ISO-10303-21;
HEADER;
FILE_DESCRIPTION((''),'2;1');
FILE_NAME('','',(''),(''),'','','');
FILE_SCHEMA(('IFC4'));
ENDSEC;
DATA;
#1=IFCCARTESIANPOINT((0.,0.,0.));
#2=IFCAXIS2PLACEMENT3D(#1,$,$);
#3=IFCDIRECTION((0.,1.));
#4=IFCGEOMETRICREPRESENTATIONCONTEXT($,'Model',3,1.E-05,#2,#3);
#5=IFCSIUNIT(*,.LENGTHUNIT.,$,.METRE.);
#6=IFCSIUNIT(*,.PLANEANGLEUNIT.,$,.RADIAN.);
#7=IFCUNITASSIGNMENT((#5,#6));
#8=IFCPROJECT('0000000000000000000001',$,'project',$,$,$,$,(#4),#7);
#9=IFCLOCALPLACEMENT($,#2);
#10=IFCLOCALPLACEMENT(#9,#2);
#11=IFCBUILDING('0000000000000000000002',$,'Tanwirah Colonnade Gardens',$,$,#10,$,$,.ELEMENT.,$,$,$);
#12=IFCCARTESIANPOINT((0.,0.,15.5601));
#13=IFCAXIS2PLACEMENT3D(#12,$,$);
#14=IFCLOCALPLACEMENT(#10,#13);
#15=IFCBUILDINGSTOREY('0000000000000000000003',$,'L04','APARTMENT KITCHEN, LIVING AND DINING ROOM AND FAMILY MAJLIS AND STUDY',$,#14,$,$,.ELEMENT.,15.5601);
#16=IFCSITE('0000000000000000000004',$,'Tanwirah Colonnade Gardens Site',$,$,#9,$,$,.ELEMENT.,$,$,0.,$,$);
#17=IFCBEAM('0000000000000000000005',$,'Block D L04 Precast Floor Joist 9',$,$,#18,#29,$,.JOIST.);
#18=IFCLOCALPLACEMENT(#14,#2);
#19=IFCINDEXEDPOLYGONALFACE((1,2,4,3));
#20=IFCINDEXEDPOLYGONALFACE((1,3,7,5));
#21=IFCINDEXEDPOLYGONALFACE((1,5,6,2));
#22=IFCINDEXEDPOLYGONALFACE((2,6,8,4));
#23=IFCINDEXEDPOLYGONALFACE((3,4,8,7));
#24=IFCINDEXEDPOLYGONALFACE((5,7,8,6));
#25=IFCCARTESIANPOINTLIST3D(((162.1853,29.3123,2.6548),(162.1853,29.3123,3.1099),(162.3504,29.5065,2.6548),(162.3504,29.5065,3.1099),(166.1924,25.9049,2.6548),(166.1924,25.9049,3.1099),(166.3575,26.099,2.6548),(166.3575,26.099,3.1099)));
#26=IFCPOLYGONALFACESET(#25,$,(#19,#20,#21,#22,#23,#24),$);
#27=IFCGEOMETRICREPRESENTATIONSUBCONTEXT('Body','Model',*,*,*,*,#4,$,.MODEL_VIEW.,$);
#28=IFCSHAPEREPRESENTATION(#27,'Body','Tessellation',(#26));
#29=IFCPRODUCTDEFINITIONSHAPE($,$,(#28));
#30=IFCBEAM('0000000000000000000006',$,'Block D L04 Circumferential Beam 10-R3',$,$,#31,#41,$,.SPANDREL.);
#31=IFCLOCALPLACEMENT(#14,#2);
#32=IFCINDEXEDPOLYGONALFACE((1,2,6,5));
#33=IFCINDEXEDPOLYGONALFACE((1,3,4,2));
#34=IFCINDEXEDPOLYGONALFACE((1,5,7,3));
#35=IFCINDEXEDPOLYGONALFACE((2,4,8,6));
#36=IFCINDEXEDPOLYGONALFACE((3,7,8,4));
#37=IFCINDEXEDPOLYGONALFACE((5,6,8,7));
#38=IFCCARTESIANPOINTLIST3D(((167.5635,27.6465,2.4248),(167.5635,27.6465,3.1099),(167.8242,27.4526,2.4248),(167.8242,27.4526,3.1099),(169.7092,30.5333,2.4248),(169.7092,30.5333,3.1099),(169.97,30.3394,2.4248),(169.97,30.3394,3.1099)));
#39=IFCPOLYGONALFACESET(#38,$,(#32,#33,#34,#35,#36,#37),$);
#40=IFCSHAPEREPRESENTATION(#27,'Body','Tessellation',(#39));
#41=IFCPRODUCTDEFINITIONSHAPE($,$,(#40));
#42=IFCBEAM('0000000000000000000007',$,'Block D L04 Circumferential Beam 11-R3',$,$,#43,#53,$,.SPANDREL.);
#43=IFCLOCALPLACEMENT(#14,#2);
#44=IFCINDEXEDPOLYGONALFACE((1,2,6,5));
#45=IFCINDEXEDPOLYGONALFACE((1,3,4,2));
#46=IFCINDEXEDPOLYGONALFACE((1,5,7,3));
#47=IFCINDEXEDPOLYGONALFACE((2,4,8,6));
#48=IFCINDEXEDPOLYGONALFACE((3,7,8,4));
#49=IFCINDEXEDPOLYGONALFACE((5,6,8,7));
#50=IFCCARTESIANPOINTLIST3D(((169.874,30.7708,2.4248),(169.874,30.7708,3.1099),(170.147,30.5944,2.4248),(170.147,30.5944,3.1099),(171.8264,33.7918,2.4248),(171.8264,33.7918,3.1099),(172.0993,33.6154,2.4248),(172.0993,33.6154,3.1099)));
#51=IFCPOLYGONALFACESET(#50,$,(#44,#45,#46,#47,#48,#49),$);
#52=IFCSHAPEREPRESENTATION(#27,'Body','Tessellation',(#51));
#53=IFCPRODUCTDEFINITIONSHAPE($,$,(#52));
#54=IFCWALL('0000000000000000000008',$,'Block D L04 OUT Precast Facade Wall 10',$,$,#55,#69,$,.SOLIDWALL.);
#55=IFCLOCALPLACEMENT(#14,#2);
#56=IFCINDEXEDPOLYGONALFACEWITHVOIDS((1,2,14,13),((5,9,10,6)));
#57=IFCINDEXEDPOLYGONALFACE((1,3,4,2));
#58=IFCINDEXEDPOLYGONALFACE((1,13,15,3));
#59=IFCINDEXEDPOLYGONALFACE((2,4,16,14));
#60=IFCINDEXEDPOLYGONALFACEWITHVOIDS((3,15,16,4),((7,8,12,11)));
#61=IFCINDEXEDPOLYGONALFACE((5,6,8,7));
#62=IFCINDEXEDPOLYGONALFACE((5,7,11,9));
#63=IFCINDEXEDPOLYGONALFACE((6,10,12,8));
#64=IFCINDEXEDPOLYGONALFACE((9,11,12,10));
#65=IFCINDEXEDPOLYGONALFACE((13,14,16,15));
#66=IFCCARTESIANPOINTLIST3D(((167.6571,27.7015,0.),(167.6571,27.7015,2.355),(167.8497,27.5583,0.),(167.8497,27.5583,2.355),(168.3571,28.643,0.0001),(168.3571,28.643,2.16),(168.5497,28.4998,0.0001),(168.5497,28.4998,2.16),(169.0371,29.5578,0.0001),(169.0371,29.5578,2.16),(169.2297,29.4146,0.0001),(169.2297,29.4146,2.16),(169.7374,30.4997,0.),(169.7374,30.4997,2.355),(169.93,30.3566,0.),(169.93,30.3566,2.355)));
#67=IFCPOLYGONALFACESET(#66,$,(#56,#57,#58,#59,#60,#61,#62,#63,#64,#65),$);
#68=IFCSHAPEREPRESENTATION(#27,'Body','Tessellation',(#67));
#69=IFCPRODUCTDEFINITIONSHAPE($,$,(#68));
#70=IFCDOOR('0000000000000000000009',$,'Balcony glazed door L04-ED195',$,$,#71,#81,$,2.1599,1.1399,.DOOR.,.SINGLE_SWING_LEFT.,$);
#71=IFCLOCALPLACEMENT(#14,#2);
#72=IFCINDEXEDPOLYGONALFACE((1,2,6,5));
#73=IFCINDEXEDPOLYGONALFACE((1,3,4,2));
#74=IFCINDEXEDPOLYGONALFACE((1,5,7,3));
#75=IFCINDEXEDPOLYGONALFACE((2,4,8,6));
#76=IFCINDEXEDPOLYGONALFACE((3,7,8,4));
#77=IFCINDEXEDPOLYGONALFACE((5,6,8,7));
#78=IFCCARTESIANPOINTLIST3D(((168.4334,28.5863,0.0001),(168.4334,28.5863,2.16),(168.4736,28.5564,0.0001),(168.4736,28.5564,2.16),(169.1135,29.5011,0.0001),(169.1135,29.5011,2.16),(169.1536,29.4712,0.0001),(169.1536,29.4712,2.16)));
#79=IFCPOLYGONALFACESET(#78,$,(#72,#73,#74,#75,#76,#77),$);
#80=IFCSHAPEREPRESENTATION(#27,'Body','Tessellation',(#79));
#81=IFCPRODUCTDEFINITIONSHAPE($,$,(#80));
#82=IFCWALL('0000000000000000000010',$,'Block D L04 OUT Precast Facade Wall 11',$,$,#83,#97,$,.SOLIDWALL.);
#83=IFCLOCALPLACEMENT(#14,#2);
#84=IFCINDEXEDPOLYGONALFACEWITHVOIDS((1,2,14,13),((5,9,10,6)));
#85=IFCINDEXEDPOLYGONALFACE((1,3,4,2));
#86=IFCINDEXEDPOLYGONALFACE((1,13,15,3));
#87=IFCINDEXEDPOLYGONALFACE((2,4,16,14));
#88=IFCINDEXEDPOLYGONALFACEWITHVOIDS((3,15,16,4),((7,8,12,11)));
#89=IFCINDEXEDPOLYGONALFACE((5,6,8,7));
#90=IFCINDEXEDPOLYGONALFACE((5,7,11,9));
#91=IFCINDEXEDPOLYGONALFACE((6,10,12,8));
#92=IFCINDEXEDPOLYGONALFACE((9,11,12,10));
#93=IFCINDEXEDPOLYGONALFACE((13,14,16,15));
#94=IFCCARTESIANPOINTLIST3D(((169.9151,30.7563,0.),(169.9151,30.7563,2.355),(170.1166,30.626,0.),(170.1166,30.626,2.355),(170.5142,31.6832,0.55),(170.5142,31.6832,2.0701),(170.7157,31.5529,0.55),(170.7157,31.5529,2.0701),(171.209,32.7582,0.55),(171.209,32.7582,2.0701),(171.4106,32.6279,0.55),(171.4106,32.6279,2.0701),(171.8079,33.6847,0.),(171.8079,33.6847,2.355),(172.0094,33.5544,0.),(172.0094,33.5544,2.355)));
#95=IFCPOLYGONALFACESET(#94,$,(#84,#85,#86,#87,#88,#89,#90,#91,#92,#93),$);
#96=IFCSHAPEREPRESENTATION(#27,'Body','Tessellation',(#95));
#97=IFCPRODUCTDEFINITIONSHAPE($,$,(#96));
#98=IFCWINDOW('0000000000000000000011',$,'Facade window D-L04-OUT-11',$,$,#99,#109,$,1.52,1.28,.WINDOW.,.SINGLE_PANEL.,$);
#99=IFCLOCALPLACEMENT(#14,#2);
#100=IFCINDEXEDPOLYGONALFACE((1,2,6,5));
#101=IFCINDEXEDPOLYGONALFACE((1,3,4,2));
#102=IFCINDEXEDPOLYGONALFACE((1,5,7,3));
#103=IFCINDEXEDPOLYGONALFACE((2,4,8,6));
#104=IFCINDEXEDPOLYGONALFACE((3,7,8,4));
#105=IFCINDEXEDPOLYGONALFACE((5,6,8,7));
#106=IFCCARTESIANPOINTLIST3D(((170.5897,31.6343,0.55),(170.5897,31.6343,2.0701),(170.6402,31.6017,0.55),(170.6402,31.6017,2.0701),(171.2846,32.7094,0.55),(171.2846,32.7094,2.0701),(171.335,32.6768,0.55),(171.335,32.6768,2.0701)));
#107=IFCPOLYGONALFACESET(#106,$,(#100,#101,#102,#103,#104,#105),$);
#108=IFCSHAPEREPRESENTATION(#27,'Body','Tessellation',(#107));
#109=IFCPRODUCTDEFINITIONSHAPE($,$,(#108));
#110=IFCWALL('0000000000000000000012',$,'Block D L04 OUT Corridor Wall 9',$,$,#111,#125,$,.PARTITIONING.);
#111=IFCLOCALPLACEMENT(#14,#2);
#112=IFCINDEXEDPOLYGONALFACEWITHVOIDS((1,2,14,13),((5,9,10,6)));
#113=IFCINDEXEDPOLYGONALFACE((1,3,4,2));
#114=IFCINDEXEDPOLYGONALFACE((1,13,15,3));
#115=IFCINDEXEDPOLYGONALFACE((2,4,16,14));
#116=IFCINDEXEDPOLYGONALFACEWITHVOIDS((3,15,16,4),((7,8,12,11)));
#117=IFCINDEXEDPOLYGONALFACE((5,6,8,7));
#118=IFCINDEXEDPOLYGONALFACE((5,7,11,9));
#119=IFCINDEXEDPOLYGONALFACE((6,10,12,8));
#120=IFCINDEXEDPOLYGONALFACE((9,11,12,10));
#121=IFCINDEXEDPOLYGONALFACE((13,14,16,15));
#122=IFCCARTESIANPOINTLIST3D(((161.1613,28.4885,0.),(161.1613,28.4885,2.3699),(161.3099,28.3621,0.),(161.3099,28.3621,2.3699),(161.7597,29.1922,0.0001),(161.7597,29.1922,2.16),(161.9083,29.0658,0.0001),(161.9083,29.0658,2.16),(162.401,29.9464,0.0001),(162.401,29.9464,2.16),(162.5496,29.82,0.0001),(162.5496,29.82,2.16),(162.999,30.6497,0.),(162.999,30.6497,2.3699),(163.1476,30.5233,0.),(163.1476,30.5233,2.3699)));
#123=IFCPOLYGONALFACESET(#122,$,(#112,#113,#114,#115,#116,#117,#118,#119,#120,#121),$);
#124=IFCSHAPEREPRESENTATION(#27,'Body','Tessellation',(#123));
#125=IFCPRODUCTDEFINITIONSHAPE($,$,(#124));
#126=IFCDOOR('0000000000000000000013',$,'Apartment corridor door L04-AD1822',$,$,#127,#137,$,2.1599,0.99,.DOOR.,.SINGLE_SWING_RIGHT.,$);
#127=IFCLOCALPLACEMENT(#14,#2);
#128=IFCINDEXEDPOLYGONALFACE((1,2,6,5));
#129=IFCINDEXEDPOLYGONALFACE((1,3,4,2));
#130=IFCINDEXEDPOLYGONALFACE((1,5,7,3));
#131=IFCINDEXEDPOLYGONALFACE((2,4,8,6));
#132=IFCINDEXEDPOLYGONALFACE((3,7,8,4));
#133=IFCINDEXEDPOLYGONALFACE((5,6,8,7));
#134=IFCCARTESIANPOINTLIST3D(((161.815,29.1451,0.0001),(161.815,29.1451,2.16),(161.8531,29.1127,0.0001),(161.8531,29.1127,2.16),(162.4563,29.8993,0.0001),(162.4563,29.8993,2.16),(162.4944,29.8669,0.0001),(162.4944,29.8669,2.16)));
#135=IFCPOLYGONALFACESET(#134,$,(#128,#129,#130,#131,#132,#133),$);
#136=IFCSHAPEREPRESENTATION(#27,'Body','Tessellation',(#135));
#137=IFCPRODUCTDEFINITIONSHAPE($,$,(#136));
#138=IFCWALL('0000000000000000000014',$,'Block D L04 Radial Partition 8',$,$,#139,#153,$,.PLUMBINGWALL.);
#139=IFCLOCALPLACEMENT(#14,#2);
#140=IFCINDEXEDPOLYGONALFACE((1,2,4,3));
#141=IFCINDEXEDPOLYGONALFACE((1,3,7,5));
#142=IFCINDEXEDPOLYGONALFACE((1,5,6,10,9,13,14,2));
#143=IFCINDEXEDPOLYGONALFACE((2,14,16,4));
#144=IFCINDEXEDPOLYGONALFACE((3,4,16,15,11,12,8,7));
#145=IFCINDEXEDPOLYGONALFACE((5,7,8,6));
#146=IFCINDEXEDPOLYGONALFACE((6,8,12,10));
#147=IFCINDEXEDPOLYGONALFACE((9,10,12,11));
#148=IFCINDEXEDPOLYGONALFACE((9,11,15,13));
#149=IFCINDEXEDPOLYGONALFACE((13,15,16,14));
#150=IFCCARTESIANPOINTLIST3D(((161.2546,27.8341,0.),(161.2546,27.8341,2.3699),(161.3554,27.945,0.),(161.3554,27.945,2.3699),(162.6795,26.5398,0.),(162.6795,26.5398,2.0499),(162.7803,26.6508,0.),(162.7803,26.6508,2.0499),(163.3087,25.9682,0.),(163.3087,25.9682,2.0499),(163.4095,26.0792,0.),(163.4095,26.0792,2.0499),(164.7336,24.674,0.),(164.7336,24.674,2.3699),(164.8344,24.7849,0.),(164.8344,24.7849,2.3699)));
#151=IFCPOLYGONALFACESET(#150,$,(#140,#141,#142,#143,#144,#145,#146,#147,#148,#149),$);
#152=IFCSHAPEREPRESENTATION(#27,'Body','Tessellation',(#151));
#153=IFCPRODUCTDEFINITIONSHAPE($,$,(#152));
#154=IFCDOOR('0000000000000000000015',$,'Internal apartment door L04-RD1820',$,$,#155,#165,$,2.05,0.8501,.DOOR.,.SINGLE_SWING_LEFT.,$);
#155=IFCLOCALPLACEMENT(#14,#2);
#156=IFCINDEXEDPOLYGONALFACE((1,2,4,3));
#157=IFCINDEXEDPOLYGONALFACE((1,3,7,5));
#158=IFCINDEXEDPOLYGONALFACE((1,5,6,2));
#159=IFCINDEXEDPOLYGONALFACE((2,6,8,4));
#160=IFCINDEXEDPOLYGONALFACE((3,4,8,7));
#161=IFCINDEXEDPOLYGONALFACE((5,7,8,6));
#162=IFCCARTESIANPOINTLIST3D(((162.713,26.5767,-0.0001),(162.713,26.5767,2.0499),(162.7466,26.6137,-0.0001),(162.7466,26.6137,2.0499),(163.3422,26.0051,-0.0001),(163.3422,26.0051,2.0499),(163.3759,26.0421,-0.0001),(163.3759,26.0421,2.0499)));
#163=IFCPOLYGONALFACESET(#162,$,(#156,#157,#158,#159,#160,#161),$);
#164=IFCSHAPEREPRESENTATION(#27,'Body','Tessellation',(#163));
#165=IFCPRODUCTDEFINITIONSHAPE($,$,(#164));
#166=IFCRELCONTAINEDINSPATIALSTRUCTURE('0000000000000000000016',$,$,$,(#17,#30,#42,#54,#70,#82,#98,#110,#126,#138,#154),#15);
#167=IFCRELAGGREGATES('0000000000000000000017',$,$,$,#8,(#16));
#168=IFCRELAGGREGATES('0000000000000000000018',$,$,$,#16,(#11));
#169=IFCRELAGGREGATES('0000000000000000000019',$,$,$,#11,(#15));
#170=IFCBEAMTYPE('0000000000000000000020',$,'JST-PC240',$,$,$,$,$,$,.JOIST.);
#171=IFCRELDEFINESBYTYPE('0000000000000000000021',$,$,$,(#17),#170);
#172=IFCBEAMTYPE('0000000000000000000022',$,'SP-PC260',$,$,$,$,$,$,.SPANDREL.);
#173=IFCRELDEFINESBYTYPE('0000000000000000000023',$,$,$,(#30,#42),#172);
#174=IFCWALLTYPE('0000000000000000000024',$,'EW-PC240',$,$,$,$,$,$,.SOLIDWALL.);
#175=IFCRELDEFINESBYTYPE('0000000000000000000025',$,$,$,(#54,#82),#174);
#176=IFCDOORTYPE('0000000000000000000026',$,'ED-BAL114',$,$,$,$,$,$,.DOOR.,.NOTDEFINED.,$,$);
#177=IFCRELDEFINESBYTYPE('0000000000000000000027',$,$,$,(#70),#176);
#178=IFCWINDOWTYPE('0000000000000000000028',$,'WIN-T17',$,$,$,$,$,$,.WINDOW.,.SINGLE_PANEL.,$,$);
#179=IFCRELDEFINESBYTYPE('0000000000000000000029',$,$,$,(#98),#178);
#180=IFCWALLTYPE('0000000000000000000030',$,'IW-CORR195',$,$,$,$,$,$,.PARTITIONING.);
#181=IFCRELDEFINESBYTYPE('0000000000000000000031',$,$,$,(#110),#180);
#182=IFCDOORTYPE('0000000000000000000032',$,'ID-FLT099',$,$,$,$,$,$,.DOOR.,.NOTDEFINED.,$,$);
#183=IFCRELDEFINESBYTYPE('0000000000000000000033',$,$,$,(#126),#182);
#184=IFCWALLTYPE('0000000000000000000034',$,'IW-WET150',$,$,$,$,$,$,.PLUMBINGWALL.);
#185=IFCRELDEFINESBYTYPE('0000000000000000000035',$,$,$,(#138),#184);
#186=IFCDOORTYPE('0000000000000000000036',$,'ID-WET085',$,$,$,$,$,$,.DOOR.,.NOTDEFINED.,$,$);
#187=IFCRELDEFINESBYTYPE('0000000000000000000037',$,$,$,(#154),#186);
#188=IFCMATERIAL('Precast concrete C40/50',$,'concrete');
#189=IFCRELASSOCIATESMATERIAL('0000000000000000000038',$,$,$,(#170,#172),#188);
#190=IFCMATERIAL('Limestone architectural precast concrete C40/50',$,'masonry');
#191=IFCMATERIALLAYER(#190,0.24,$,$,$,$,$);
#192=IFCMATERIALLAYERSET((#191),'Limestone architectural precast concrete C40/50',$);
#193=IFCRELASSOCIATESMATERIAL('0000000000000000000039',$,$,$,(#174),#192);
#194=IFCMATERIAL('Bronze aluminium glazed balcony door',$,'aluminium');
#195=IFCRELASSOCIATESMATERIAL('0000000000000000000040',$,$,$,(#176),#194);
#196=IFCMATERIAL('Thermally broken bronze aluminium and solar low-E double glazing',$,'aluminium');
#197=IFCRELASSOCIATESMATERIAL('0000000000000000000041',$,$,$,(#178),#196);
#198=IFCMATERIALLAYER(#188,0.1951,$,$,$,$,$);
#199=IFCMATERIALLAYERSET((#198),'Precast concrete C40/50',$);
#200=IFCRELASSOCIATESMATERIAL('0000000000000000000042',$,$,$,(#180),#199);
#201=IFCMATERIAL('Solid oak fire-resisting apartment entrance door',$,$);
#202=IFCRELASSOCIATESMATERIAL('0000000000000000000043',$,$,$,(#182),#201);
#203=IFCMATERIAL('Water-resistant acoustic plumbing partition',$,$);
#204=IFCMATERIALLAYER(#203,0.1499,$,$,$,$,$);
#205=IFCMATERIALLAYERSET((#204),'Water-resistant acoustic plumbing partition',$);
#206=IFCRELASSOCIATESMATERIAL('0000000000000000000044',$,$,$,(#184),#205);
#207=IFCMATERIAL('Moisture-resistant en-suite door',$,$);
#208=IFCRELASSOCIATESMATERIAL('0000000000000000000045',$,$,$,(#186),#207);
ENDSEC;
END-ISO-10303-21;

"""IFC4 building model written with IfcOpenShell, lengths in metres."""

from ifc_helpers import new_model, si_unit, direction, frame, frame_2d, origin, origin_2d, place, context, subcontext, project, spatial, rectangle, extrude, material, layer, layer_set, material_profile, profile_set, type_object, element, fill, save


model = new_model("IFC4")

# Units and contexts
model_context = context("Model", 3, precision=1e-05, world=origin(), true_north=direction((0.0, 1.0)))
body_context = subcontext(model_context, "Body", "Model", "MODEL_VIEW")
ifc_project = project(units=[si_unit("LENGTHUNIT", "METRE"), si_unit("PLANEANGLEUNIT", "RADIAN")], contexts=[model_context])

# Site, building, storey
site_placement = place(None, origin())
site = spatial("IfcSite", under=ifc_project, at=site_placement, Name="Tanwirah Colonnade Gardens Site", CompositionType="ELEMENT", RefElevation=0.0)
building_placement = place(site_placement, origin())
building = spatial("IfcBuilding", under=site, at=building_placement, Name="Tanwirah Colonnade Gardens", CompositionType="ELEMENT")
storey_placement = place(building_placement, frame((0.0, 0.0, 15.5601)))
storey = spatial("IfcBuildingStorey", under=building, at=storey_placement, Name="L04", Description="APARTMENT KITCHEN, LIVING AND DINING ROOM AND FAMILY MAJLIS AND STUDY", CompositionType="ELEMENT", Elevation=15.5601)

# Shared definitions
ifc_material_1 = material(Name="Precast concrete C40/50", Category="concrete")

# Beams
ifc_material_profile_1 = material_profile(ifc_material_1, rectangle(XDim=0.2549, YDim=0.4551, at=origin_2d()), Name="PC-JST 255x455")
ifc_profile_set_1 = profile_set([ifc_material_profile_1], Name="Precast concrete C40/50")
beam_type_1 = type_object("IfcBeamType", Name="JST-PC240", PredefinedType="JOIST", material=ifc_profile_set_1)
for number, where, z_axis, x_axis, name in (
    (1, (162.2678, 29.4094, 2.8823), (0.761803, -0.647809, 0.0), (0.647809, 0.761803, 0.0), "Block D L04 Precast Floor Joist 9"),
):
    element("IfcBeam", number, at=place(storey_placement, frame(where, z_axis=z_axis, x_axis=x_axis)), inside=storey, type_object=beam_type_1, Name=name, PredefinedType="JOIST", context=body_context, shape_type="SweptSolid", body=[
        extrude(rectangle(XDim=0.2549, YDim=0.4551, at=origin_2d()), origin(), (0.0, 0.0, 1.0), 5.26),
    ])
ifc_material_profile_2 = material_profile(ifc_material_1, rectangle(XDim=0.325, YDim=0.6851, at=origin_2d()), Name="PC-SP 325x685")
ifc_profile_set_2 = profile_set([ifc_material_profile_2], Name="Precast concrete C40/50")
beam_type_2 = type_object("IfcBeamType", Name="SP-PC260", PredefinedType="SPANDREL", material=ifc_profile_set_2)
for number, where, z_axis, x_axis, name in (
    (2, (167.6938, 27.5496, 2.7673), (0.596563, 0.802566, 0.0), (-0.802566, 0.596563, 0.0), "Block D L04 Circumferential Beam 10-R3"),
    (3, (170.0105, 30.6826, 2.7673), (0.542787, 0.83987, 0.0), (-0.83987, 0.542787, 0.0), "Block D L04 Circumferential Beam 11-R3"),
):
    element("IfcBeam", number, at=place(storey_placement, frame(where, z_axis=z_axis, x_axis=x_axis)), inside=storey, type_object=beam_type_2, Name=name, PredefinedType="SPANDREL", context=body_context, shape_type="SweptSolid", body=[
        extrude(rectangle(XDim=0.325, YDim=0.6851, at=origin_2d()), origin(), (0.0, 0.0, 1.0), 3.5969),
    ])

# Wall, opening, door
ifc_material_2 = material(Name="Limestone architectural precast concrete C40/50", Category="masonry")
ifc_layer_1 = layer(ifc_material_2, 0.24)
ifc_layer_set_1 = layer_set([ifc_layer_1], Name="Limestone architectural precast concrete C40/50")
wall_type_1 = type_object("IfcWallType", Name="EW-PC240", PredefinedType="SOLIDWALL", material=ifc_layer_set_1)
wall_1_placement = place(storey_placement, frame((167.7534, 27.6299, 0.0), z_axis=(0.0, 0.0, 1.0), x_axis=(0.596611, 0.80253, 0.0)))
wall_1 = element("IfcWall", 4, at=wall_1_placement, inside=storey, type_object=wall_type_1, Name="Block D L04 OUT Precast Facade Wall 10", PredefinedType="SOLIDWALL", context=body_context, shape_type="SweptSolid", body=[
    extrude(rectangle(XDim=3.4868, YDim=0.24, at=frame_2d((1.7434, 0.0))), origin(), (0.0, 0.0, 1.0), 2.355),
])
opening_1_placement = place(wall_1_placement, frame((1.1733, 0.0, 0.0)))
opening_1 = element("IfcOpeningElement", 5, at=opening_1_placement, cuts=wall_1, PredefinedType="OPENING", context=body_context, shape_type="SweptSolid", body=[
    extrude(rectangle(XDim=1.1399, YDim=2.1599, at=frame_2d((0.5698, 1.0801))), frame((0.0, 0.1299, 0.0), z_axis=(0.0, -1.0, 0.0), x_axis=(1.0, 0.0, 0.0)), (0.0, 0.0, 1.0), 0.26),
])
ifc_material_3 = material(Name="Bronze aluminium glazed balcony door", Category="aluminium")
door_type_1 = type_object("IfcDoorType", Name="ED-BAL114", OperationType="NOTDEFINED", PredefinedType="DOOR", material=ifc_material_3)
door_1_placement = place(opening_1_placement, origin())
door_1 = element("IfcDoor", 6, at=door_1_placement, inside=storey, type_object=door_type_1, Name="Balcony glazed door L04-ED195", OperationType="SINGLE_SWING_LEFT", OverallHeight=2.1599, OverallWidth=1.1399, PredefinedType="DOOR", context=body_context, shape_type="SweptSolid", body=[
    extrude(rectangle(XDim=1.1399, YDim=2.1599, at=frame_2d((0.5698, 1.0801))), frame((0.0, 0.0249, 0.0), z_axis=(0.0, -1.0, 0.0), x_axis=(1.0, 0.0, 0.0)), (0.0, 0.0, 1.0), 0.05),
])
fill(opening_1, door_1)

# Wall, opening, window
wall_2_placement = place(storey_placement, frame((170.0159, 30.6912, 0.0), z_axis=(0.0, 0.0, 1.0), x_axis=(0.542833, 0.839841, 0.0)))
wall_2 = element("IfcWall", 7, at=wall_2_placement, inside=storey, type_object=wall_type_1, Name="Block D L04 OUT Precast Facade Wall 11", PredefinedType="SOLIDWALL", context=body_context, shape_type="SweptSolid", body=[
    extrude(rectangle(XDim=3.4868, YDim=0.24, at=frame_2d((1.7434, 0.0))), origin(), (0.0, 0.0, 1.0), 2.355),
])
opening_2_placement = place(wall_2_placement, frame((1.1035, 0.0, 0.55)))
opening_2 = element("IfcOpeningElement", 8, at=opening_2_placement, cuts=wall_2, PredefinedType="OPENING", context=body_context, shape_type="SweptSolid", body=[
    extrude(rectangle(XDim=1.28, YDim=1.52, at=frame_2d((0.6401, 0.76))), frame((0.0, 0.1299, 0.0), z_axis=(0.0, -1.0, 0.0), x_axis=(1.0, 0.0, 0.0)), (0.0, 0.0, 1.0), 0.26),
])
ifc_material_4 = material(Name="Thermally broken bronze aluminium and solar low-E double glazing", Category="aluminium")
window_type = type_object("IfcWindowType", Name="WIN-T17", PartitioningType="SINGLE_PANEL", PredefinedType="WINDOW", material=ifc_material_4)
window_placement = place(opening_2_placement, origin())
window = element("IfcWindow", 9, at=window_placement, inside=storey, type_object=window_type, Name="Facade window D-L04-OUT-11", OverallHeight=1.52, OverallWidth=1.28, PartitioningType="SINGLE_PANEL", PredefinedType="WINDOW", context=body_context, shape_type="SweptSolid", body=[
    extrude(rectangle(XDim=1.28, YDim=1.52, at=frame_2d((0.6401, 0.76))), frame((0.0, 0.03, 0.0), z_axis=(0.0, -1.0, 0.0), x_axis=(1.0, 0.0, 0.0)), (0.0, 0.0, 1.0), 0.0601),
])
fill(opening_2, window)

# Walls, openings, doors
ifc_layer_2 = layer(ifc_material_1, 0.1951)
ifc_layer_set_2 = layer_set([ifc_layer_2], Name="Precast concrete C40/50")
wall_type_2 = type_object("IfcWallType", Name="IW-CORR195", PredefinedType="PARTITIONING", material=ifc_layer_set_2)
ifc_material_5 = material(Name="Solid oak fire-resisting apartment entrance door")
wall_3_placement = place(storey_placement, frame((161.2356, 28.4253, 0.0), z_axis=(0.0, 0.0, 1.0), x_axis=(0.647788, 0.76182, 0.0)))
wall_3 = element("IfcWall", 10, at=wall_3_placement, inside=storey, type_object=wall_type_2, Name="Block D L04 OUT Corridor Wall 9", PredefinedType="PARTITIONING", context=body_context, shape_type="SweptSolid", body=[
    extrude(rectangle(XDim=2.8369, YDim=0.1951, at=frame_2d((1.4185, 0.0))), origin(), (0.0, 0.0, 1.0), 2.3699),
])
opening_3_placement = place(wall_3_placement, frame((0.9236, 0.0, 0.0)))
opening_3 = element("IfcOpeningElement", 11, at=opening_3_placement, cuts=wall_3, PredefinedType="OPENING", context=body_context, shape_type="SweptSolid", body=[
    extrude(rectangle(XDim=0.99, YDim=2.1599, at=frame_2d((0.4951, 1.0801))), frame((0.0, 0.1074, 0.0), z_axis=(0.0, -1.0, 0.0), x_axis=(1.0, 0.0, 0.0)), (0.0, 0.0, 1.0), 0.2151),
])
door_type_2 = type_object("IfcDoorType", Name="ID-FLT099", OperationType="NOTDEFINED", PredefinedType="DOOR", material=ifc_material_5)
door_2_placement = place(opening_3_placement, origin())
door_2 = element("IfcDoor", 12, at=door_2_placement, inside=storey, type_object=door_type_2, Name="Apartment corridor door L04-AD1822", OperationType="SINGLE_SWING_RIGHT", OverallHeight=2.1599, OverallWidth=0.99, PredefinedType="DOOR", context=body_context, shape_type="SweptSolid", body=[
    extrude(rectangle(XDim=0.99, YDim=2.1599, at=frame_2d((0.4951, 1.0801))), frame((0.0, 0.0249, 0.0), z_axis=(0.0, -1.0, 0.0), x_axis=(1.0, 0.0, 0.0)), (0.0, 0.0, 1.0), 0.05),
])
fill(opening_3, door_2)
ifc_material_6 = material(Name="Water-resistant acoustic plumbing partition")
ifc_layer_3 = layer(ifc_material_6, 0.1499)
ifc_layer_set_3 = layer_set([ifc_layer_3], Name="Water-resistant acoustic plumbing partition")
wall_type_3 = type_object("IfcWallType", Name="IW-WET150", PredefinedType="PLUMBINGWALL", material=ifc_layer_set_3)
wall_4_placement = place(storey_placement, frame((161.3049, 27.8896, 0.0), z_axis=(0.0, 0.0, 1.0), x_axis=(0.740213, -0.672373, 0.0)))
wall_4 = element("IfcWall", 13, at=wall_4_placement, inside=storey, type_object=wall_type_3, Name="Block D L04 Radial Partition 8", PredefinedType="PLUMBINGWALL", context=body_context, shape_type="SweptSolid", body=[
    extrude(rectangle(XDim=4.7, YDim=0.1499, at=frame_2d((2.3501, 0.0))), origin(), (0.0, 0.0, 1.0), 2.3699),
])
opening_4_placement = place(wall_4_placement, frame((1.925, 0.0, 0.0)))
opening_4 = element("IfcOpeningElement", 14, at=opening_4_placement, cuts=wall_4, PredefinedType="OPENING", context=body_context, shape_type="SweptSolid", body=[
    extrude(rectangle(XDim=0.8501, YDim=2.05, at=frame_2d((0.425, 1.0249))), frame((0.0, 0.085, 0.0), z_axis=(0.0, -1.0, 0.0), x_axis=(1.0, 0.0, 0.0)), (0.0, 0.0, 1.0), 0.1699),
])
ifc_material_7 = material(Name="Moisture-resistant en-suite door")
door_type_3 = type_object("IfcDoorType", Name="ID-WET085", OperationType="NOTDEFINED", PredefinedType="DOOR", material=ifc_material_7)
door_3_placement = place(opening_4_placement, origin())
door_3 = element("IfcDoor", 15, at=door_3_placement, inside=storey, type_object=door_type_3, Name="Internal apartment door L04-RD1820", OperationType="SINGLE_SWING_LEFT", OverallHeight=2.05, OverallWidth=0.8501, PredefinedType="DOOR", context=body_context, shape_type="SweptSolid", body=[
    extrude(rectangle(XDim=0.8501, YDim=2.05, at=frame_2d((0.425, 1.0249))), frame((0.0, 0.0249, 0.0), z_axis=(0.0, -1.0, 0.0), x_axis=(1.0, 0.0, 0.0)), (0.0, 0.0, 1.0), 0.05),
])
fill(opening_4, door_3)

save(model, "model.ifc")
